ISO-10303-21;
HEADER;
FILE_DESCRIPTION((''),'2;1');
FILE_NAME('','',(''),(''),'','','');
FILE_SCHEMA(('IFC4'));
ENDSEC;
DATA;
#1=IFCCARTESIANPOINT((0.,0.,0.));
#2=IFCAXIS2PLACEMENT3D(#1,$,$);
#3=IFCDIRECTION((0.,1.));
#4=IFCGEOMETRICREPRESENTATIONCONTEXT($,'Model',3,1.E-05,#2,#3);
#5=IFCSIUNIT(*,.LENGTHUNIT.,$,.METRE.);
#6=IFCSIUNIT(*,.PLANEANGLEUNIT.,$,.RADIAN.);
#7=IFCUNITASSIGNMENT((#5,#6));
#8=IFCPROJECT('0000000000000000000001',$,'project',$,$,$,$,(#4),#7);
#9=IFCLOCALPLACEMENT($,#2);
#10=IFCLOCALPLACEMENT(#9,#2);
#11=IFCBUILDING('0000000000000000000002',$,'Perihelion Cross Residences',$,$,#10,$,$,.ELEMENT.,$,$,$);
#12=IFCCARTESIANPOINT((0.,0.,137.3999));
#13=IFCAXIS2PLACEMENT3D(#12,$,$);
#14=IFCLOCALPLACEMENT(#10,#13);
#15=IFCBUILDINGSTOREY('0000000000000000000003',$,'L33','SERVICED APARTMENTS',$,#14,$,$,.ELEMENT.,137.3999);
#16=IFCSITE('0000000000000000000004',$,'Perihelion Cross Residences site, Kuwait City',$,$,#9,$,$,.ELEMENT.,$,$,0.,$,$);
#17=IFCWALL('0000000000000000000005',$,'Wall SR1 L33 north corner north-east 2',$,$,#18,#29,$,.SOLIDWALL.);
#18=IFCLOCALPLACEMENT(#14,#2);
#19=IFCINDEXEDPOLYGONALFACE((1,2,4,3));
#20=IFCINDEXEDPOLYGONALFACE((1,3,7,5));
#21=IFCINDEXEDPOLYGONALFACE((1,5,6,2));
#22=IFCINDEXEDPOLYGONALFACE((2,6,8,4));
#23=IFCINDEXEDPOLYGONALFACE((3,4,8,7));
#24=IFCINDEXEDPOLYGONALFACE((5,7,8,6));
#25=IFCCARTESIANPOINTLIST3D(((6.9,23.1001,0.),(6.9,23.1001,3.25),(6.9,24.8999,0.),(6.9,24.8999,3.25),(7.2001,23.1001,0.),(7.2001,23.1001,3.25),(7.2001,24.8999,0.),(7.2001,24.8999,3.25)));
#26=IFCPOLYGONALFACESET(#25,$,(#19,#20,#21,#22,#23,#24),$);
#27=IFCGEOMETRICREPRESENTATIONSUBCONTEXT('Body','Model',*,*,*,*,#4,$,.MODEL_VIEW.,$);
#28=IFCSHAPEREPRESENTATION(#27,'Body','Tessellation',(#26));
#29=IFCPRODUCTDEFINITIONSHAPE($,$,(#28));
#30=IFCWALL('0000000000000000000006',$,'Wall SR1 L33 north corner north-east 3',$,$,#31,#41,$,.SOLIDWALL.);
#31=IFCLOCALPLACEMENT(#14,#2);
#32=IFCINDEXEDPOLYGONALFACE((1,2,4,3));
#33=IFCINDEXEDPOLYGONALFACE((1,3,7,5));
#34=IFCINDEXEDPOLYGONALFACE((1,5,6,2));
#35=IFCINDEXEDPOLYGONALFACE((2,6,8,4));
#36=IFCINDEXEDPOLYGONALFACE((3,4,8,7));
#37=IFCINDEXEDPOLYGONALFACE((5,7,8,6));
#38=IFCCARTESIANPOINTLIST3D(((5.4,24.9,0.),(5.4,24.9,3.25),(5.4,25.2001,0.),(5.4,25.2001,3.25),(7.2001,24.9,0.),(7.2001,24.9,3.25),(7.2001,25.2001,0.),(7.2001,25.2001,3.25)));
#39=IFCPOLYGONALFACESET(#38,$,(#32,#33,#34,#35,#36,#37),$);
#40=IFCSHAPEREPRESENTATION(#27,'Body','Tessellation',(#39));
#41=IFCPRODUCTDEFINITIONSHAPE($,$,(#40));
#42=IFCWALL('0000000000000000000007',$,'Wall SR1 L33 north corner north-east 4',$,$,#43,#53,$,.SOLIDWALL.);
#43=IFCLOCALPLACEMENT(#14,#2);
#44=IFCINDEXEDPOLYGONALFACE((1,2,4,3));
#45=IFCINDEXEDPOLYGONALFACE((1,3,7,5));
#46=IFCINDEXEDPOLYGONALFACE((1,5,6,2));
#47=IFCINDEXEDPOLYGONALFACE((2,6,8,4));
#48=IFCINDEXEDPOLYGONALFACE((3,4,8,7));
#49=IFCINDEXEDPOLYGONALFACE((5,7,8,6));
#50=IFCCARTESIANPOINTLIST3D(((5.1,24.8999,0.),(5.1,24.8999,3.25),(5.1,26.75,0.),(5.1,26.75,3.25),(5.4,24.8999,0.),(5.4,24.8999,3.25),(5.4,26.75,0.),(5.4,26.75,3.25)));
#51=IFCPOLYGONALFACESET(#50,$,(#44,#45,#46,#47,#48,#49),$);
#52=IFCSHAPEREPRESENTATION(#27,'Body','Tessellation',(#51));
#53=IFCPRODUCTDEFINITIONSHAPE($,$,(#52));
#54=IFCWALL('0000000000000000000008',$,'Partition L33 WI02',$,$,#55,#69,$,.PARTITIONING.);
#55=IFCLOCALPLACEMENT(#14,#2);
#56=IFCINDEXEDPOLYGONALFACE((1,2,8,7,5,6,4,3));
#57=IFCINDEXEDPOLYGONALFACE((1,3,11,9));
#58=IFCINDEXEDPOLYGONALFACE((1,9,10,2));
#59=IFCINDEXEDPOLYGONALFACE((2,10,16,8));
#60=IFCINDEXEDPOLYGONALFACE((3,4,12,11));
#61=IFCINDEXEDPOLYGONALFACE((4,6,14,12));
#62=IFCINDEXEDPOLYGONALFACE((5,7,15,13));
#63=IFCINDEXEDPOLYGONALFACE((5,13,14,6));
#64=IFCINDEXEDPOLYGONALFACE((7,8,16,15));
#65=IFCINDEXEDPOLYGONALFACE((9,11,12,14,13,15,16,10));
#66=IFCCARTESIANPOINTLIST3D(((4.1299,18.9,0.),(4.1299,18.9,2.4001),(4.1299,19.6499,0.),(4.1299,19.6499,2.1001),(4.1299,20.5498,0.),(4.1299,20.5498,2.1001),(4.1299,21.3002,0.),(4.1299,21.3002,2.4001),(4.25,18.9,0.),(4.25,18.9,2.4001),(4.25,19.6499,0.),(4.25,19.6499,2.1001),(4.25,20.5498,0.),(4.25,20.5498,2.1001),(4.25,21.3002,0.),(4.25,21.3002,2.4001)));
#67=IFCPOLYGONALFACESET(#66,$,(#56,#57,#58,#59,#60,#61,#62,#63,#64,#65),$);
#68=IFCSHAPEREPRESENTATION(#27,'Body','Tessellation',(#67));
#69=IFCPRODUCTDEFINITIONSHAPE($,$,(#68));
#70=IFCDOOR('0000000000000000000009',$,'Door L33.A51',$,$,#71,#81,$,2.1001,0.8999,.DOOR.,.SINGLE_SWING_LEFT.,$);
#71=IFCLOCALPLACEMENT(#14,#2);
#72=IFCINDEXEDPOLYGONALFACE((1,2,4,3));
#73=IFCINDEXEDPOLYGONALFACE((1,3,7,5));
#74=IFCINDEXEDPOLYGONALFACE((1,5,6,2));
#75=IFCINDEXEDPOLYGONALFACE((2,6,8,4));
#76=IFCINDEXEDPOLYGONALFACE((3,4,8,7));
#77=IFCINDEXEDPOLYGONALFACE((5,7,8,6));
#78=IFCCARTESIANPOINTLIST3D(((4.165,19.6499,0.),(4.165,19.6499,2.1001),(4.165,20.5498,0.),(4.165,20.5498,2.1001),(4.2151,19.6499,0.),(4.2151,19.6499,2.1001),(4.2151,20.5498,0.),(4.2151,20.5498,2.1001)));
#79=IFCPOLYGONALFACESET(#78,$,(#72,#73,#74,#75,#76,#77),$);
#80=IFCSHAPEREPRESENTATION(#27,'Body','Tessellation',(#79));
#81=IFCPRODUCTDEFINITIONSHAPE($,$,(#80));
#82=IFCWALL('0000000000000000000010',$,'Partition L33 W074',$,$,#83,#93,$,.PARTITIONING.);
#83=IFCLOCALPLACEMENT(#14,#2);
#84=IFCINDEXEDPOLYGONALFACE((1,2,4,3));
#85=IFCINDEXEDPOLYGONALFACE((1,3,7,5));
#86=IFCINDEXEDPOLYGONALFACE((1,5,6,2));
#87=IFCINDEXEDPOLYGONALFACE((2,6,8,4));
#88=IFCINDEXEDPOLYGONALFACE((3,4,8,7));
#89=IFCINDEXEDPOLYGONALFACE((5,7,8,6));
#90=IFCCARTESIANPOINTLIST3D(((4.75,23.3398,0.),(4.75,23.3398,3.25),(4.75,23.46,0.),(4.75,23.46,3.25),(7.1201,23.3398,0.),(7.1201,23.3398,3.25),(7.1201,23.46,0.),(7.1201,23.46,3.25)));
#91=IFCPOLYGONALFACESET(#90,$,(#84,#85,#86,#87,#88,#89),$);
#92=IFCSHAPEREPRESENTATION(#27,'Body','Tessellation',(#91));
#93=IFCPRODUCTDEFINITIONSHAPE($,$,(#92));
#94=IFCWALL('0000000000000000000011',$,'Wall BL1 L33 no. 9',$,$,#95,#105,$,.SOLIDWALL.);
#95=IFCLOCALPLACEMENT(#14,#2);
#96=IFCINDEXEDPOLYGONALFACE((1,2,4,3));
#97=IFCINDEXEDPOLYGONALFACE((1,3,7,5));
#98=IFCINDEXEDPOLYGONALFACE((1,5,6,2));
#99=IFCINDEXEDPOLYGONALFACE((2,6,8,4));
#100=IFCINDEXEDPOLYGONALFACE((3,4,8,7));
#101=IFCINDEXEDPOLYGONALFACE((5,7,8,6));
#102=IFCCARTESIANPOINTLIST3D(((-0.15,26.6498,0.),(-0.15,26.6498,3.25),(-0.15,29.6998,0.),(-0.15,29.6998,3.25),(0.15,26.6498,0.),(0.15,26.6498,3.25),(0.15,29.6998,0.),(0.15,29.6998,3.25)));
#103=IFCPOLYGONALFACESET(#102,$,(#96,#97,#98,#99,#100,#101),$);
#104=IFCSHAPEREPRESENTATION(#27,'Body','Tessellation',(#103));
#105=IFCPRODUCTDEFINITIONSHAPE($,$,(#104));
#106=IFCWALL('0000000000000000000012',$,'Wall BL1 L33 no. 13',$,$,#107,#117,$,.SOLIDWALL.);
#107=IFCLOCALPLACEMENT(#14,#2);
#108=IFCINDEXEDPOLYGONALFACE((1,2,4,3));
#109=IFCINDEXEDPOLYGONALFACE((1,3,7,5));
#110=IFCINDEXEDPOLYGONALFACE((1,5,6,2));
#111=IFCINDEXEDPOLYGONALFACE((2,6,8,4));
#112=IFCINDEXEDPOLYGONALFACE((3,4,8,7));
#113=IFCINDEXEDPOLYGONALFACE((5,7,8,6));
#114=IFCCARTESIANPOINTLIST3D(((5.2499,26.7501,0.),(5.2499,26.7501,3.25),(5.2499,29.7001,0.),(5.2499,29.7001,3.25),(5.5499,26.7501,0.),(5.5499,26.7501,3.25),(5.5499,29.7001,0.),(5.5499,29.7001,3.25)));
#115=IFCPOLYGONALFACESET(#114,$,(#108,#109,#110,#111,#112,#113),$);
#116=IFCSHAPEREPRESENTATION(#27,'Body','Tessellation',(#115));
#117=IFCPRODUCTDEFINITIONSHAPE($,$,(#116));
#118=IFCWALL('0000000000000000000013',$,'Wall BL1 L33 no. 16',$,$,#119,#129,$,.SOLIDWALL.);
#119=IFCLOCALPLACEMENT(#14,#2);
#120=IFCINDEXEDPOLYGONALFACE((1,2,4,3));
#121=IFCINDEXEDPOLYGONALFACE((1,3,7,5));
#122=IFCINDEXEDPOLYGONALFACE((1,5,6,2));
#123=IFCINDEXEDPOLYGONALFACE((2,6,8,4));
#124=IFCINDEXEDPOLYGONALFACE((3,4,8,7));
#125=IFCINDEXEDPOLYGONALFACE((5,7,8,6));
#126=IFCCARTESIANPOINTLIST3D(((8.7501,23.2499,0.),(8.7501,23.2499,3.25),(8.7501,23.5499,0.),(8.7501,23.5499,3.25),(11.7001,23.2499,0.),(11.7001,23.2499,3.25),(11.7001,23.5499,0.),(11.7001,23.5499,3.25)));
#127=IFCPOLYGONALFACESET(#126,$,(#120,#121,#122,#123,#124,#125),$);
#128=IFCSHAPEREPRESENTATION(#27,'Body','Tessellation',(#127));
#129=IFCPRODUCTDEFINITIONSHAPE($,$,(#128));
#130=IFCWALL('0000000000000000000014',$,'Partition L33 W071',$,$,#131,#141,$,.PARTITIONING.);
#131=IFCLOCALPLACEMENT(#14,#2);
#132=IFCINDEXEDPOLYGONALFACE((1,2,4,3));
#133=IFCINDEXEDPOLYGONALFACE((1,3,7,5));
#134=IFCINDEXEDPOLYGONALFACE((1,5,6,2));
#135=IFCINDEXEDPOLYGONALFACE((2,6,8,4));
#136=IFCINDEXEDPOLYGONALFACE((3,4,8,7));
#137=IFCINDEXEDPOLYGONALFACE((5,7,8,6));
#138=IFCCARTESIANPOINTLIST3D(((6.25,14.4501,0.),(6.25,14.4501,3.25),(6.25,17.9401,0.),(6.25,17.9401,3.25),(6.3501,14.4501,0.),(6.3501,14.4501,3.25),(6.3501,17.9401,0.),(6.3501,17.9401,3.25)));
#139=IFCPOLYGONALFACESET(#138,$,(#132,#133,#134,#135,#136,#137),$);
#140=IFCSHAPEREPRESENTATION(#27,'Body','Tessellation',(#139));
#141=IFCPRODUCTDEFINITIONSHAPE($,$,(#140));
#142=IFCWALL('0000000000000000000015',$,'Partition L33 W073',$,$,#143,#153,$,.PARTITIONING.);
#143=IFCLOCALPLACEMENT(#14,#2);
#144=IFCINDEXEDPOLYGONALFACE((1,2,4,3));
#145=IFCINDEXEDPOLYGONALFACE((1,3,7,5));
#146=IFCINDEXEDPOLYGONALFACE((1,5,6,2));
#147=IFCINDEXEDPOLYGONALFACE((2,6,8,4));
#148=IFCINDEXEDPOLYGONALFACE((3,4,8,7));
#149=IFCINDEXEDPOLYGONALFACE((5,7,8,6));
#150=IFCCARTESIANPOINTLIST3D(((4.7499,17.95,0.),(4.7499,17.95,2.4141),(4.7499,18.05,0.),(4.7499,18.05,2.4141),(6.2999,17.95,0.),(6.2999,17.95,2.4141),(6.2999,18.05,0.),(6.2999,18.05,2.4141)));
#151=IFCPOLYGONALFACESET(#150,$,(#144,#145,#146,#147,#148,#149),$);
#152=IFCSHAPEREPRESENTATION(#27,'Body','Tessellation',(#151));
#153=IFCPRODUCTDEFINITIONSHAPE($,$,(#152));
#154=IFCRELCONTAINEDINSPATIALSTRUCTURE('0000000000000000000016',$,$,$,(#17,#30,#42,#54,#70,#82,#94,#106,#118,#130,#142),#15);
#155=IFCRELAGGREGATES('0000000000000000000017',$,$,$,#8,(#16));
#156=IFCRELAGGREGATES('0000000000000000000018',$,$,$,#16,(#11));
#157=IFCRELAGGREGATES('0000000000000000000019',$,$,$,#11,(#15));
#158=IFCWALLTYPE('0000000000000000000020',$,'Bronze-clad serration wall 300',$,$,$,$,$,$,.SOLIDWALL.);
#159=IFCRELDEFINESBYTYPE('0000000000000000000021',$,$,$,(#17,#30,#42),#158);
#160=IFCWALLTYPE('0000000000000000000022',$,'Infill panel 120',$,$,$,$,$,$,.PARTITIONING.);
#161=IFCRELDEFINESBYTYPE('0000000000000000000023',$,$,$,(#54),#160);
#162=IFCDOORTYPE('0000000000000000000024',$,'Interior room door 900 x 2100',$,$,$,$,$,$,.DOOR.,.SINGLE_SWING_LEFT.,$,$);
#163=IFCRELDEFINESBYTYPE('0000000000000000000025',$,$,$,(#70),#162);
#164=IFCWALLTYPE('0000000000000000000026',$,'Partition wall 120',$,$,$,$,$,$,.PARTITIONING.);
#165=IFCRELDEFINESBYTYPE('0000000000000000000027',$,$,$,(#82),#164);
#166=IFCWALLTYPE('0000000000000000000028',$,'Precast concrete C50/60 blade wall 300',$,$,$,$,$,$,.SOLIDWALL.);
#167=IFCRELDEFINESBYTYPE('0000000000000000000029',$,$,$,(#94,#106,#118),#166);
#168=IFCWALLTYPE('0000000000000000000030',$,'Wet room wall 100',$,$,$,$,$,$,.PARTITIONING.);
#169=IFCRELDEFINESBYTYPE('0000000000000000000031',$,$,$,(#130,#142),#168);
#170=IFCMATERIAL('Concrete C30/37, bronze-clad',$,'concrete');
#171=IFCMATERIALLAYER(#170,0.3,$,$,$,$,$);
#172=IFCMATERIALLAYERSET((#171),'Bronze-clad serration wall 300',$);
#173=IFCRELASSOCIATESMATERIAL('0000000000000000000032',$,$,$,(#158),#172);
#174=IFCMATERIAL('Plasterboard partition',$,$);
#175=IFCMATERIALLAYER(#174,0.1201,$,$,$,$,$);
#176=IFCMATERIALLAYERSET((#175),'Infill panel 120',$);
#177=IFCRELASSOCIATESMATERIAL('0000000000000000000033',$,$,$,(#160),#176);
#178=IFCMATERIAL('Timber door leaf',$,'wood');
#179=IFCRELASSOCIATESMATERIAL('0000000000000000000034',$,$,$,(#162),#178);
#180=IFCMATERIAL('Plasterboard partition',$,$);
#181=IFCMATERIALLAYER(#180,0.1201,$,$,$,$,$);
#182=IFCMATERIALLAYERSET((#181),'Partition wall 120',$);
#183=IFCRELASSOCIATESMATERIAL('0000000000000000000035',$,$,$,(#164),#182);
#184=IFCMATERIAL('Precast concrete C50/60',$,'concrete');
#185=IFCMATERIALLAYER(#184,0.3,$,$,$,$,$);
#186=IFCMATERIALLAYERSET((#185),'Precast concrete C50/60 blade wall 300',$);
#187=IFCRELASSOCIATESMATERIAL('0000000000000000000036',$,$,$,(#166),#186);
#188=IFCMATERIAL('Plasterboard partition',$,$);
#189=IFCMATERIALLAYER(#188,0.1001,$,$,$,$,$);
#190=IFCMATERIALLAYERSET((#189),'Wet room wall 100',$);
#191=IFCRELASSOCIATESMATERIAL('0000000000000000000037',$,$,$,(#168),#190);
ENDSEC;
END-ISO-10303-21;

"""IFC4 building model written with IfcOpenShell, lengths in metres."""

from ifc_helpers import new_model, si_unit, direction, frame, frame_2d, origin, place, context, subcontext, project, spatial, rectangle, extrude, material, layer, layer_set, type_object, element, fill, save


model = new_model("IFC4")

# Units and contexts
model_context = context("Model", 3, precision=1e-05, world=origin(), true_north=direction((0.0, 1.0)))
body_context = subcontext(model_context, "Body", "Model", "MODEL_VIEW")
ifc_project = project(units=[si_unit("LENGTHUNIT", "METRE"), si_unit("PLANEANGLEUNIT", "RADIAN")], contexts=[model_context])

# Site, building, storey
site_placement = place(None, origin())
site = spatial("IfcSite", under=ifc_project, at=site_placement, Name="Perihelion Cross Residences site, Kuwait City", CompositionType="ELEMENT", RefElevation=0.0)
building_placement = place(site_placement, origin())
building = spatial("IfcBuilding", under=site, at=building_placement, Name="Perihelion Cross Residences", CompositionType="ELEMENT")
storey_placement = place(building_placement, frame((0.0, 0.0, 137.3999)))
storey = spatial("IfcBuildingStorey", under=building, at=storey_placement, Name="L33", Description="SERVICED APARTMENTS", CompositionType="ELEMENT", Elevation=137.3999)

# Walls
ifc_material_1 = material(Name="Concrete C30/37, bronze-clad", Category="concrete")
ifc_layer_1 = layer(ifc_material_1, 0.3)
ifc_layer_set_1 = layer_set([ifc_layer_1], Name="Bronze-clad serration wall 300")
wall_type_1 = type_object("IfcWallType", Name="Bronze-clad serration wall 300", PredefinedType="SOLIDWALL", material=ifc_layer_set_1)
wall_1_placement = place(storey_placement, frame((7.05, 23.1001, 0.0), z_axis=(0.0, 0.0, 1.0), x_axis=(0.0, 1.0, 0.0)))
element("IfcWall", 1, at=wall_1_placement, inside=storey, type_object=wall_type_1, Name="Wall SR1 L33 north corner north-east 2", PredefinedType="SOLIDWALL", context=body_context, shape_type="SweptSolid", body=[
    extrude(rectangle(XDim=1.7998, YDim=0.3, at=frame_2d((0.8999, 0.0))), origin(), (0.0, 0.0, 1.0), 3.25),
])
wall_2_placement = place(storey_placement, frame((7.2, 25.05, 0.0), z_axis=(0.0, 0.0, 1.0), x_axis=(-1.0, 0.0, 0.0)))
element("IfcWall", 2, at=wall_2_placement, inside=storey, type_object=wall_type_1, Name="Wall SR1 L33 north corner north-east 3", PredefinedType="SOLIDWALL", context=body_context, shape_type="SweptSolid", body=[
    extrude(rectangle(XDim=1.8, YDim=0.3, at=frame_2d((0.8999, 0.0))), origin(), (0.0, 0.0, 1.0), 3.25),
])
wall_3_placement = place(storey_placement, frame((5.25, 24.8999, 0.0), z_axis=(0.0, 0.0, 1.0), x_axis=(0.0, 1.0, 0.0)))
element("IfcWall", 3, at=wall_3_placement, inside=storey, type_object=wall_type_1, Name="Wall SR1 L33 north corner north-east 4", PredefinedType="SOLIDWALL", context=body_context, shape_type="SweptSolid", body=[
    extrude(rectangle(XDim=1.8501, YDim=0.3, at=frame_2d((0.925, 0.0))), origin(), (0.0, 0.0, 1.0), 3.25),
])

# Wall, opening, door
ifc_material_2 = material(Name="Plasterboard partition")
ifc_layer_2 = layer(ifc_material_2, 0.1201)
ifc_layer_set_2 = layer_set([ifc_layer_2], Name="Infill panel 120")
wall_type_2 = type_object("IfcWallType", Name="Infill panel 120", PredefinedType="PARTITIONING", material=ifc_layer_set_2)
wall_4_placement = place(storey_placement, frame((4.1899, 18.8999, 0.0), z_axis=(0.0, 0.0, 1.0), x_axis=(0.0, 1.0, 0.0)))
wall_4 = element("IfcWall", 4, at=wall_4_placement, inside=storey, type_object=wall_type_2, Name="Partition L33 WI02", PredefinedType="PARTITIONING", context=body_context, shape_type="SweptSolid", body=[
    extrude(rectangle(XDim=2.4001, YDim=0.1201, at=frame_2d((1.2002, 0.0))), origin(), (0.0, 0.0, 1.0), 2.4001),
])
opening_1_placement = place(wall_4_placement, frame((0.75, 0.0, 0.0)))
opening_1 = element("IfcOpeningElement", 5, at=opening_1_placement, cuts=wall_4, PredefinedType="OPENING", context=body_context, shape_type="SweptSolid", body=[
    extrude(rectangle(XDim=0.8999, YDim=2.1001, at=frame_2d((0.45, 1.05))), frame((0.0, 0.0701, 0.0), z_axis=(0.0, -1.0, 0.0), x_axis=(1.0, 0.0, 0.0)), (0.0, 0.0, 1.0), 0.1401),
])
ifc_material_3 = material(Name="Timber door leaf", Category="wood")
door_type_1 = type_object("IfcDoorType", Name="Interior room door 900 x 2100", OperationType="SINGLE_SWING_LEFT", PredefinedType="DOOR", material=ifc_material_3)
door_1_placement = place(opening_1_placement, origin())
door_1 = element("IfcDoor", 6, at=door_1_placement, inside=storey, type_object=door_type_1, Name="Door L33.A51", OperationType="SINGLE_SWING_LEFT", OverallHeight=2.1001, OverallWidth=0.8999, PredefinedType="DOOR", context=body_context, shape_type="SweptSolid", body=[
    extrude(rectangle(XDim=0.8999, YDim=2.1001, at=frame_2d((0.45, 1.05))), frame((0.0, 0.0249, 0.0), z_axis=(0.0, -1.0, 0.0), x_axis=(1.0, 0.0, 0.0)), (0.0, 0.0, 1.0), 0.05),
])
fill(opening_1, door_1)

# Walls
ifc_material_4 = material(Name="Plasterboard partition")
ifc_layer_3 = layer(ifc_material_4, 0.1201)
ifc_layer_set_3 = layer_set([ifc_layer_3], Name="Partition wall 120")
wall_type_3 = type_object("IfcWallType", Name="Partition wall 120", PredefinedType="PARTITIONING", material=ifc_layer_set_3)
wall_5_placement = place(storey_placement, frame((4.75, 23.3999, 0.0), z_axis=(0.0, 0.0, 1.0), x_axis=(1.0, 0.0, 0.0)))
element("IfcWall", 7, at=wall_5_placement, inside=storey, type_object=wall_type_3, Name="Partition L33 W074", PredefinedType="PARTITIONING", context=body_context, shape_type="SweptSolid", body=[
    extrude(rectangle(XDim=2.3701, YDim=0.1201, at=frame_2d((1.1851, 0.0))), origin(), (0.0, 0.0, 1.0), 3.25),
])
ifc_material_5 = material(Name="Precast concrete C50/60", Category="concrete")
ifc_layer_4 = layer(ifc_material_5, 0.3)
ifc_layer_set_4 = layer_set([ifc_layer_4], Name="Precast concrete C50/60 blade wall 300")
wall_type_4 = type_object("IfcWallType", Name="Precast concrete C50/60 blade wall 300", PredefinedType="SOLIDWALL", material=ifc_layer_set_4)
wall_6_placement = place(storey_placement, frame((0.0, 26.6499, 0.0), z_axis=(0.0, 0.0, 1.0), x_axis=(0.0, 1.0, 0.0)))
element("IfcWall", 8, at=wall_6_placement, inside=storey, type_object=wall_type_4, Name="Wall BL1 L33 no. 9", PredefinedType="SOLIDWALL", context=body_context, shape_type="SweptSolid", body=[
    extrude(rectangle(XDim=3.05, YDim=0.3, at=frame_2d((1.5249, 0.0))), origin(), (0.0, 0.0, 1.0), 3.25),
])
for number, where, z_axis, x_axis, name in (
    (9, (5.3999, 26.75, 0.0), (0.0, 0.0, 1.0), (0.0, 1.0, 0.0), "Wall BL1 L33 no. 13"),
    (10, (8.75, 23.3999, 0.0), (0.0, 0.0, 1.0), (1.0, 0.0, 0.0), "Wall BL1 L33 no. 16"),
):
    element("IfcWall", number, at=place(storey_placement, frame(where, z_axis=z_axis, x_axis=x_axis)), inside=storey, type_object=wall_type_4, Name=name, PredefinedType="SOLIDWALL", context=body_context, shape_type="SweptSolid", body=[
        extrude(rectangle(XDim=2.95, YDim=0.3, at=frame_2d((1.4751, 0.0))), origin(), (0.0, 0.0, 1.0), 3.25),
    ])
ifc_material_6 = material(Name="Plasterboard partition")
ifc_layer_5 = layer(ifc_material_6, 0.1001)
ifc_layer_set_5 = layer_set([ifc_layer_5], Name="Wet room wall 100")
wall_type_5 = type_object("IfcWallType", Name="Wet room wall 100", PredefinedType="PARTITIONING", material=ifc_layer_set_5)
wall_7_placement = place(storey_placement, frame((6.3, 14.45, 0.0), z_axis=(0.0, 0.0, 1.0), x_axis=(0.0, 1.0, 0.0)))
element("IfcWall", 11, at=wall_7_placement, inside=storey, type_object=wall_type_5, Name="Partition L33 W071", PredefinedType="PARTITIONING", context=body_context, shape_type="SweptSolid", body=[
    extrude(rectangle(XDim=3.49, YDim=0.1001, at=frame_2d((1.7451, 0.0))), origin(), (0.0, 0.0, 1.0), 3.25),
])
wall_8_placement = place(storey_placement, frame((4.75, 18.0, 0.0), z_axis=(0.0, 0.0, 1.0), x_axis=(1.0, 0.0, 0.0)))
element("IfcWall", 12, at=wall_8_placement, inside=storey, type_object=wall_type_5, Name="Partition L33 W073", PredefinedType="PARTITIONING", context=body_context, shape_type="SweptSolid", body=[
    extrude(rectangle(XDim=1.55, YDim=0.1001, at=frame_2d((0.7749, 0.0))), origin(), (0.0, 0.0, 1.0), 2.4141),
])

save(model, "model.ifc")
